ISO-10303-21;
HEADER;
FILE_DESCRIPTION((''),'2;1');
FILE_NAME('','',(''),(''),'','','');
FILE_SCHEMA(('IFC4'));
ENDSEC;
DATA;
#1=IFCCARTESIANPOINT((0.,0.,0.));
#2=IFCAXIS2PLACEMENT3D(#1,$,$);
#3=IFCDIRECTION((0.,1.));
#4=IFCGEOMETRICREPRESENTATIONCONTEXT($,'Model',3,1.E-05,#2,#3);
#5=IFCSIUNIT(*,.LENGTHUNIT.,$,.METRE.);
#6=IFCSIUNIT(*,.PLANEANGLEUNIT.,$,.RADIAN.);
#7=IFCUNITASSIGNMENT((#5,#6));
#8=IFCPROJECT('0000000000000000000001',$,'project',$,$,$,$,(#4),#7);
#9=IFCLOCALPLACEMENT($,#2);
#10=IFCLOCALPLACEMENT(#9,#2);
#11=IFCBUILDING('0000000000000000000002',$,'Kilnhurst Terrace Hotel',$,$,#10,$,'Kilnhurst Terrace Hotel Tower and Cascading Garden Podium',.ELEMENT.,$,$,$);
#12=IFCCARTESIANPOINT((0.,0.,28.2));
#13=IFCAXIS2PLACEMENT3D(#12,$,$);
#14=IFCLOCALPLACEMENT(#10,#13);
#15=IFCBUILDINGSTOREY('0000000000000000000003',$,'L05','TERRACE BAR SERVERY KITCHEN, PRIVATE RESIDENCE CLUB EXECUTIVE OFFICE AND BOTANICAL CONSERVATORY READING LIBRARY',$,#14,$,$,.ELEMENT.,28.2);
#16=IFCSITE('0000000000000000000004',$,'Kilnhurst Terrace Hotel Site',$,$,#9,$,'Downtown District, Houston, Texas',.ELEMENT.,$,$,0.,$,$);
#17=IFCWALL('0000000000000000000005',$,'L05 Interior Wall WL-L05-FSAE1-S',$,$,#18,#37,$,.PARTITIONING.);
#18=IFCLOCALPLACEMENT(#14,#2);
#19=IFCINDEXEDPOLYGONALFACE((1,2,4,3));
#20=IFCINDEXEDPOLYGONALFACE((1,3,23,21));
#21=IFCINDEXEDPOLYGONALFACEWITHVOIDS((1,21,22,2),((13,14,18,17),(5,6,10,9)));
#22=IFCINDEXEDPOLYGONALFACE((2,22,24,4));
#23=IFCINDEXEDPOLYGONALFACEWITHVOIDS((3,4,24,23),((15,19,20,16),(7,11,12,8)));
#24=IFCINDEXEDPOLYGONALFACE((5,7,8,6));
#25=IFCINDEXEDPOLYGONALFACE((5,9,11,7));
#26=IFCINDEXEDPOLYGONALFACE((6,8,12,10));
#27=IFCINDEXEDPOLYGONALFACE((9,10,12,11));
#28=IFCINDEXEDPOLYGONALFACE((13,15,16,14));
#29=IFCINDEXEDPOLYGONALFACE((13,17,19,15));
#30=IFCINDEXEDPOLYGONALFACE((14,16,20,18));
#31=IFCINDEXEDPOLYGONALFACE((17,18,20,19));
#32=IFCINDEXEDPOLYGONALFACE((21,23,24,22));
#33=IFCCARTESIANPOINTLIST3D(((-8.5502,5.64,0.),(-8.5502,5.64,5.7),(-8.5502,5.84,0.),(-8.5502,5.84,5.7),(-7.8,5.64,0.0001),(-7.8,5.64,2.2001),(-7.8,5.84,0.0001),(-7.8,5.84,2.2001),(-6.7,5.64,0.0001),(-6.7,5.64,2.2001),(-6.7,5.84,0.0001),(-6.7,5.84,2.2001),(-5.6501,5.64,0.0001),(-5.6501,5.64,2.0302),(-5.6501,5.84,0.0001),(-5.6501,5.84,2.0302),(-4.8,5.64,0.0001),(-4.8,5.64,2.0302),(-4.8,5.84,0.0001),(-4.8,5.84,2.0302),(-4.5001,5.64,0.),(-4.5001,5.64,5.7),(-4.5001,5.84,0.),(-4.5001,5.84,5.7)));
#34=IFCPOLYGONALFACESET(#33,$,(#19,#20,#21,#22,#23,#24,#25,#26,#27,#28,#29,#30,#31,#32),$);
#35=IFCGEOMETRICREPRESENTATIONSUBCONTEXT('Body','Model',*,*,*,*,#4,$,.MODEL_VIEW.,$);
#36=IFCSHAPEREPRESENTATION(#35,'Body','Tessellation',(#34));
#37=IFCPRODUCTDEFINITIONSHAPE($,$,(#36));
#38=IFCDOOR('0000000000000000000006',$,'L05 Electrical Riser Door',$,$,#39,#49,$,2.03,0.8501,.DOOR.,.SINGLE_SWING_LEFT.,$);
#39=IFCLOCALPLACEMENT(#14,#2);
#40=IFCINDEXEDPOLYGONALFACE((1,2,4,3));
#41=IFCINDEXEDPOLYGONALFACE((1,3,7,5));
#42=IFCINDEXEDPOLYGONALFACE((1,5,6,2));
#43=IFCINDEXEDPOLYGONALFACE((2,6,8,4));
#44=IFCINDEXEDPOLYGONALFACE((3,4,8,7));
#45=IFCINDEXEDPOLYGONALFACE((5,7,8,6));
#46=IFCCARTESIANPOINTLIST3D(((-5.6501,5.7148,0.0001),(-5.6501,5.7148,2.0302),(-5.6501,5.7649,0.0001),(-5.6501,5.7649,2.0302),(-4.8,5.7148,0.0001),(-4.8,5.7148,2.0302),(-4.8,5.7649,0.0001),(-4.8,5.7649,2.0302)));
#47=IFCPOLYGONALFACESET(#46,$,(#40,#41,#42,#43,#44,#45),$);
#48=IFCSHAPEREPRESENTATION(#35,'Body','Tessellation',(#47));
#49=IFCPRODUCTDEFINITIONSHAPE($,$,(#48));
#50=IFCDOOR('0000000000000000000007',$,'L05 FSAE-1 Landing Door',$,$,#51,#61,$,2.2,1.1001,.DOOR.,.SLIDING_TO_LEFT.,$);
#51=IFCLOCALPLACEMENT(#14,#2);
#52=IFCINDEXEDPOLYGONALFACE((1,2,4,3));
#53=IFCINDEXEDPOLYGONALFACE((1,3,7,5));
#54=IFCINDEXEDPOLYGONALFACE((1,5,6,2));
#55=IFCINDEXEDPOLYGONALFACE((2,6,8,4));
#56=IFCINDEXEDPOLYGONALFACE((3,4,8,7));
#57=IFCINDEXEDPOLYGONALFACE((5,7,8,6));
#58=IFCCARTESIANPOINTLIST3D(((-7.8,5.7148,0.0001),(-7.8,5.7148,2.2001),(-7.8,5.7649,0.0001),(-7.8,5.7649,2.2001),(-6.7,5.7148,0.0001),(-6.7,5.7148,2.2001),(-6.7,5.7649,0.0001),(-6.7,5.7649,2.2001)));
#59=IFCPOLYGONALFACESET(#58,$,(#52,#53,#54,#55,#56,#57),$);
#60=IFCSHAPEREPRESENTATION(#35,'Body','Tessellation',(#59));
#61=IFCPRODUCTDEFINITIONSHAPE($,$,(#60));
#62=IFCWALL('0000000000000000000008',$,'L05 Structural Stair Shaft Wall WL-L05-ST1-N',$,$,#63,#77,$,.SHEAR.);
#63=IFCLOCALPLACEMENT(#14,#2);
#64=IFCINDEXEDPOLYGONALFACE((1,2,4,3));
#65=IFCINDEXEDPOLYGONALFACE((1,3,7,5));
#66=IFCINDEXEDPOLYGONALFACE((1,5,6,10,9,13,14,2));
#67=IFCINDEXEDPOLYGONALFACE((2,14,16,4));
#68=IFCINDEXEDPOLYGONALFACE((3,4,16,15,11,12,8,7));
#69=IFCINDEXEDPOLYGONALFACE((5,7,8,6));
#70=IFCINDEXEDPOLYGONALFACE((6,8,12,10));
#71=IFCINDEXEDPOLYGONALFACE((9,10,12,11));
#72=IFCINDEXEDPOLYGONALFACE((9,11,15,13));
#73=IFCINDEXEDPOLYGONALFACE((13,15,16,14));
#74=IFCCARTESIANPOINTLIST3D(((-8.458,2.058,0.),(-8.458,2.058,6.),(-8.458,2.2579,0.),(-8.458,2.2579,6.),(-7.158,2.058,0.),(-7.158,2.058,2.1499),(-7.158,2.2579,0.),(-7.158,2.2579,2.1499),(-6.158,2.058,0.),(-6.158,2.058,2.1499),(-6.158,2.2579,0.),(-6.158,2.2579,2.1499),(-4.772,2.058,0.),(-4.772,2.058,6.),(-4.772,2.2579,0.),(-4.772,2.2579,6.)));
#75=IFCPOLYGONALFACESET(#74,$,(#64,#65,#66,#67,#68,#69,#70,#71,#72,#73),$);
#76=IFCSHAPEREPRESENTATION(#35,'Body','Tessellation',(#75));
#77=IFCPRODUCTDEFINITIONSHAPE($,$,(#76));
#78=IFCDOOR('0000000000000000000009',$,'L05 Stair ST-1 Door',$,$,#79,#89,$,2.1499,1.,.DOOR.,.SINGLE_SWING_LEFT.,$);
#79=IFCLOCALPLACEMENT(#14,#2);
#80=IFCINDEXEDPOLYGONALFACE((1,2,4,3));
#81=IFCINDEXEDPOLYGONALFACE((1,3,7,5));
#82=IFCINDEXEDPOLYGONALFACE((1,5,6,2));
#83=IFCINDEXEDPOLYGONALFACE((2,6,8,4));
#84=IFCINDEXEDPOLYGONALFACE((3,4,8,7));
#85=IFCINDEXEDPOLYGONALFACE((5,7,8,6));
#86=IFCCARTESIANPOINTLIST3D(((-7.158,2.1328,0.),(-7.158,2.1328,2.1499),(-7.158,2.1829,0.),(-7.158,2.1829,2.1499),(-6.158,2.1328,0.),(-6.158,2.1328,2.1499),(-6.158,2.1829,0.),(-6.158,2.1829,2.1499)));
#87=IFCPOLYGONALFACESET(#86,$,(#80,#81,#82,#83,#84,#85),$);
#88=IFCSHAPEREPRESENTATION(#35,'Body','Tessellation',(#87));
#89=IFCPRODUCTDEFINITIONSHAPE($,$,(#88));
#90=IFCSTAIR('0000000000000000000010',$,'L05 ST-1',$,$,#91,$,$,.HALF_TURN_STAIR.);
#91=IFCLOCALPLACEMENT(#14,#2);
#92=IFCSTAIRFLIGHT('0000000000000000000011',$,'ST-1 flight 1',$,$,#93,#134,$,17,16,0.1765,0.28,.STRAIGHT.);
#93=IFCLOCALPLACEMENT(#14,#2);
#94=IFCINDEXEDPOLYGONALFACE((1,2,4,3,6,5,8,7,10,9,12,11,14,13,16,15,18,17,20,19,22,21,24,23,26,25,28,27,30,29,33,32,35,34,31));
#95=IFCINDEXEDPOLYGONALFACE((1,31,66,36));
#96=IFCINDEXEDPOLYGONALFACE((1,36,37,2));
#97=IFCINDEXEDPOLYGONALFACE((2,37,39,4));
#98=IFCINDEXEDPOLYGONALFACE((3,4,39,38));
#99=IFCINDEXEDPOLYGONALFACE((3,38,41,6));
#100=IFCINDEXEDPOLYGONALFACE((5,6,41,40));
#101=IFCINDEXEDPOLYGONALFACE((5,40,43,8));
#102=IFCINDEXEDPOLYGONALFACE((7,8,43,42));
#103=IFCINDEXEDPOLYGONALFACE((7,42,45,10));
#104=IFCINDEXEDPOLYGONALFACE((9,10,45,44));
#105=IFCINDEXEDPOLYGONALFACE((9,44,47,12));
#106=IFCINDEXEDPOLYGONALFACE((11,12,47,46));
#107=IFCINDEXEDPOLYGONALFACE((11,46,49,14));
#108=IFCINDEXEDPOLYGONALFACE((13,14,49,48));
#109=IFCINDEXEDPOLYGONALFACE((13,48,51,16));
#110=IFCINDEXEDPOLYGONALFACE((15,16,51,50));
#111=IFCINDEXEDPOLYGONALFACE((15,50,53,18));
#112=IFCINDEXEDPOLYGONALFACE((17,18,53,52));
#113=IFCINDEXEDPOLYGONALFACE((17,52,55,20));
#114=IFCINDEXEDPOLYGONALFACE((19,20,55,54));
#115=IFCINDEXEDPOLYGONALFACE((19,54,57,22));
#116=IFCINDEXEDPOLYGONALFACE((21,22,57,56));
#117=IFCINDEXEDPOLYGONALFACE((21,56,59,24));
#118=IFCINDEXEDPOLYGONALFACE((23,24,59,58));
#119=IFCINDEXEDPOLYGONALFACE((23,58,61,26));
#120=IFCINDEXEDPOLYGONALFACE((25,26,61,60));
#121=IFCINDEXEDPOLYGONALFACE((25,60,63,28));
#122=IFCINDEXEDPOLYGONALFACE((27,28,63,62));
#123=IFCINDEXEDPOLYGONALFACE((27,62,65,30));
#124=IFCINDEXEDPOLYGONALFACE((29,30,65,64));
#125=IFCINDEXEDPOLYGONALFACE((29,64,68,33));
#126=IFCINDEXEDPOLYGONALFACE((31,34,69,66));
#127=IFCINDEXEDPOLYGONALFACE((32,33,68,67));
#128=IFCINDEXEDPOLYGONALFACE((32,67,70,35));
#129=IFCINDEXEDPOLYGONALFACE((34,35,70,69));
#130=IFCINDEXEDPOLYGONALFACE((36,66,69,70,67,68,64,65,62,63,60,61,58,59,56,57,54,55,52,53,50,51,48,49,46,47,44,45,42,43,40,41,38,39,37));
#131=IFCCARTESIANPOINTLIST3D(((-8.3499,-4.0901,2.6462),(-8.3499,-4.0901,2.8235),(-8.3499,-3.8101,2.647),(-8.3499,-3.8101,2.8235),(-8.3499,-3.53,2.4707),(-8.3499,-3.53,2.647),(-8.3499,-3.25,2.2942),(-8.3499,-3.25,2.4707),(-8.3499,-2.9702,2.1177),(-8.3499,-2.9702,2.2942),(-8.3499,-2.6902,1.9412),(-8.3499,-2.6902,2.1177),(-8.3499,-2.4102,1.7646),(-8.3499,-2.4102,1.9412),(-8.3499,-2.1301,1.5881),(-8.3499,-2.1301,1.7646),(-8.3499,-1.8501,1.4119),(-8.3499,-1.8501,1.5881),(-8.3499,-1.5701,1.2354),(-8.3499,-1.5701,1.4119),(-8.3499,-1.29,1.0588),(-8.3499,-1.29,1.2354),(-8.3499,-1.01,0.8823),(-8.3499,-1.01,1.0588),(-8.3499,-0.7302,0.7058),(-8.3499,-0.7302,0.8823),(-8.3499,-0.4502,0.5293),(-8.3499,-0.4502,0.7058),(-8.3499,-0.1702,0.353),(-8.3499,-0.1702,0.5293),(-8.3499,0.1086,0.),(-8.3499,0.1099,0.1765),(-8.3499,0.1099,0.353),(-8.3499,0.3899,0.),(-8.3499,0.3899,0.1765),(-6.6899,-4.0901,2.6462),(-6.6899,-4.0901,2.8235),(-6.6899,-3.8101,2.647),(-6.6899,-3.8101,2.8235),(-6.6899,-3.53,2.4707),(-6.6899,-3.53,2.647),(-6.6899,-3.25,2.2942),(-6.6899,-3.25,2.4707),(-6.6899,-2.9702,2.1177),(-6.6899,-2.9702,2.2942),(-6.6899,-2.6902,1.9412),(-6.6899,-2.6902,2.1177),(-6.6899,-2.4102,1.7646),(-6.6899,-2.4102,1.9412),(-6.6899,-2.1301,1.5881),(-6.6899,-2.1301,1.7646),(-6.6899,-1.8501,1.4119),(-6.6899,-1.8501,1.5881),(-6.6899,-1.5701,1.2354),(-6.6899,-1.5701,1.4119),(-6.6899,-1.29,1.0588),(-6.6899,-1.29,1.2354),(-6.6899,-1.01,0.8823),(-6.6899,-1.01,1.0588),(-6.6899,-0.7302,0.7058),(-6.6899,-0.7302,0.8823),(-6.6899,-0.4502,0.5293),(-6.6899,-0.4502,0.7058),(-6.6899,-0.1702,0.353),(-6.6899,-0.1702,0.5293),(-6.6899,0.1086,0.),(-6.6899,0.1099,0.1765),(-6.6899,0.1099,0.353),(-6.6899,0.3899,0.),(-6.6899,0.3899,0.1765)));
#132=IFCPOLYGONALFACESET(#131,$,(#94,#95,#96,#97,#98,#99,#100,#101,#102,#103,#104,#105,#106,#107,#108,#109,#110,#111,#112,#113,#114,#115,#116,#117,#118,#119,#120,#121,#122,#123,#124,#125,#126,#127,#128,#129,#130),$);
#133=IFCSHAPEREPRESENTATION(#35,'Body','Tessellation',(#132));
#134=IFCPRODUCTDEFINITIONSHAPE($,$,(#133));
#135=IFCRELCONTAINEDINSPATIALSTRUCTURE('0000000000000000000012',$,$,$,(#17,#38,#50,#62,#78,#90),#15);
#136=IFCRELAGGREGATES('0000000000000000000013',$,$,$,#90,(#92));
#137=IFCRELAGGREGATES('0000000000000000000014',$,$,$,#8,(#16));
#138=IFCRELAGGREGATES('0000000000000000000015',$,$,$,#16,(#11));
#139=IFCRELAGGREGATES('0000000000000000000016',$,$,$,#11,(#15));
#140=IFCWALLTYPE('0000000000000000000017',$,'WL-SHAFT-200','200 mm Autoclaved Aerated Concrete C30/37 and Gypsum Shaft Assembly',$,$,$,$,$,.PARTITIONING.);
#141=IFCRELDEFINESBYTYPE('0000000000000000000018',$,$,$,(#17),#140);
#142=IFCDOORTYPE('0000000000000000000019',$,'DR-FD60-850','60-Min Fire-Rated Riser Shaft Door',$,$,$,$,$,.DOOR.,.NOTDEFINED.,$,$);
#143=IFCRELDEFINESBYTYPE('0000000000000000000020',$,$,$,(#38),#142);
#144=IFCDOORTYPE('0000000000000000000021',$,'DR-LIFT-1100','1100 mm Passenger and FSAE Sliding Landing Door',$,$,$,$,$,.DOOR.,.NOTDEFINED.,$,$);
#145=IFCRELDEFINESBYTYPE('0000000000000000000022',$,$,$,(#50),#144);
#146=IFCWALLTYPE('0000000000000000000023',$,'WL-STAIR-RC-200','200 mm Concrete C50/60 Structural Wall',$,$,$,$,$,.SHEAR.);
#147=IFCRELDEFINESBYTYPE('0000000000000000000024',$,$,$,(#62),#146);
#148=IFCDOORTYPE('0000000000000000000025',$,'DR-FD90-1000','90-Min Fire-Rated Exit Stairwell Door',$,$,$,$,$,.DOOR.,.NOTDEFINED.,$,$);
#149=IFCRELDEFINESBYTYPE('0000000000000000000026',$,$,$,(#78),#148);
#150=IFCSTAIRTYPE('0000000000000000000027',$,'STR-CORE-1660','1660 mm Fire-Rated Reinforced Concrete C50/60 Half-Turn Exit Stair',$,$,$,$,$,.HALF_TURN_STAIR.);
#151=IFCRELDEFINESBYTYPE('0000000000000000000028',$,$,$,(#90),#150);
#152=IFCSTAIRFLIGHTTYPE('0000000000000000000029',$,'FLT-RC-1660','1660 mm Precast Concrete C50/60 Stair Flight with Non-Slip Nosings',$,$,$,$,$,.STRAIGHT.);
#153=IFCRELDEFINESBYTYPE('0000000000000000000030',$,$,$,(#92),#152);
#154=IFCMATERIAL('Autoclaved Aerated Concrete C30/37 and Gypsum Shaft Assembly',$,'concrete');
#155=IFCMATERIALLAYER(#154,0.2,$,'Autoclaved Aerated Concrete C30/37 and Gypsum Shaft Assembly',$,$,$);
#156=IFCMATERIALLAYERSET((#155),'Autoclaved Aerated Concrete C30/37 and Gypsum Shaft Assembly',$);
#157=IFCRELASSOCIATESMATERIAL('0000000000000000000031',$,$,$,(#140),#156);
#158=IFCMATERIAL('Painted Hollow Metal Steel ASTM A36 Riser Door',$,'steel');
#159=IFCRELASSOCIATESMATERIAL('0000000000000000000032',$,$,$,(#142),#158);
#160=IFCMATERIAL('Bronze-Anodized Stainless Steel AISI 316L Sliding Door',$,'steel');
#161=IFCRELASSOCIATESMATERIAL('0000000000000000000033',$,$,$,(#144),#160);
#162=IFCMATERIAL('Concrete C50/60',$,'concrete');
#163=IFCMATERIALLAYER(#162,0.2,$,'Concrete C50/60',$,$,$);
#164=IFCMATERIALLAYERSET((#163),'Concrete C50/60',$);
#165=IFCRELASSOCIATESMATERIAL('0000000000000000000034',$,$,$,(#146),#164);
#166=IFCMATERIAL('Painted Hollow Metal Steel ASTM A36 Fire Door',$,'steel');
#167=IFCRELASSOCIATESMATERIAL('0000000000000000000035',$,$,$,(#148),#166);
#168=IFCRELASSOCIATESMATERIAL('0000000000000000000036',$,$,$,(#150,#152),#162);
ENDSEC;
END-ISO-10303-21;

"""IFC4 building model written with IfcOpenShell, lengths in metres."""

from ifc_helpers import new_model, si_unit, direction, frame, frame_2d, origin, place, context, subcontext, project, spatial, polyline, rectangle, outline, extrude, material, layer, layer_set, type_object, element, fill, aggregate, save


model = new_model("IFC4")

# Units and contexts
model_context = context("Model", 3, precision=1e-05, world=origin(), true_north=direction((0.0, 1.0)))
body_context = subcontext(model_context, "Body", "Model", "MODEL_VIEW")
ifc_project = project(units=[si_unit("LENGTHUNIT", "METRE"), si_unit("PLANEANGLEUNIT", "RADIAN")], contexts=[model_context])

# Site, building, storey
site_placement = place(None, origin())
site = spatial("IfcSite", under=ifc_project, at=site_placement, Name="Kilnhurst Terrace Hotel Site", LongName="Downtown District, Houston, Texas", CompositionType="ELEMENT", RefElevation=0.0)
building_placement = place(site_placement, origin())
building = spatial("IfcBuilding", under=site, at=building_placement, Name="Kilnhurst Terrace Hotel", LongName="Kilnhurst Terrace Hotel Tower and Cascading Garden Podium", CompositionType="ELEMENT")
storey_placement = place(building_placement, frame((0.0, 0.0, 28.2)))
storey = spatial("IfcBuildingStorey", under=building, at=storey_placement, Name="L05", Description="TERRACE BAR SERVERY KITCHEN, PRIVATE RESIDENCE CLUB EXECUTIVE OFFICE AND BOTANICAL CONSERVATORY READING LIBRARY", CompositionType="ELEMENT", Elevation=28.2)

# Shared definitions
ifc_material_1 = material(Name="Concrete C50/60", Category="concrete")

# Wall, openings, doors
ifc_material_2 = material(Name="Autoclaved Aerated Concrete C30/37 and Gypsum Shaft Assembly", Category="concrete")
ifc_layer_1 = layer(ifc_material_2, 0.2, Name="Autoclaved Aerated Concrete C30/37 and Gypsum Shaft Assembly")
ifc_layer_set_1 = layer_set([ifc_layer_1], Name="Autoclaved Aerated Concrete C30/37 and Gypsum Shaft Assembly")
wall_type_1 = type_object("IfcWallType", Name="WL-SHAFT-200", Description="200 mm Autoclaved Aerated Concrete C30/37 and Gypsum Shaft Assembly", PredefinedType="PARTITIONING", material=ifc_layer_set_1)
wall_1_placement = place(storey_placement, frame((-8.55, 5.74, 0.0), z_axis=(0.0, 0.0, 1.0), x_axis=(1.0, 0.0, 0.0)))
wall_1 = element("IfcWall", 1, at=wall_1_placement, inside=storey, type_object=wall_type_1, Name="L05 Interior Wall WL-L05-FSAE1-S", PredefinedType="PARTITIONING", context=body_context, shape_type="SweptSolid", body=[
    extrude(rectangle(XDim=4.05, YDim=0.2, at=frame_2d((2.0249, 0.0))), origin(), (0.0, 0.0, 1.0), 5.7),
])
opening_1_placement = place(wall_1_placement, frame((0.75, 0.0, 0.0)))
opening_1 = element("IfcOpeningElement", 2, at=opening_1_placement, cuts=wall_1, PredefinedType="OPENING", context=body_context, shape_type="SweptSolid", body=[
    extrude(rectangle(XDim=1.1001, YDim=2.2, at=frame_2d((0.55, 1.1001))), frame((0.0, 0.1099, 0.0), z_axis=(0.0, -1.0, 0.0), x_axis=(1.0, 0.0, 0.0)), (0.0, 0.0, 1.0), 0.22),
])
opening_2_placement = place(wall_1_placement, frame((2.8999, 0.0, 0.0)))
opening_2 = element("IfcOpeningElement", 3, at=opening_2_placement, cuts=wall_1, PredefinedType="OPENING", context=body_context, shape_type="SweptSolid", body=[
    extrude(rectangle(XDim=0.8501, YDim=2.03, at=frame_2d((0.425, 1.0151))), frame((0.0, 0.1099, 0.0), z_axis=(0.0, -1.0, 0.0), x_axis=(1.0, 0.0, 0.0)), (0.0, 0.0, 1.0), 0.22),
])
ifc_material_3 = material(Name="Painted Hollow Metal Steel ASTM A36 Riser Door", Category="steel")
door_type_1 = type_object("IfcDoorType", Name="DR-FD60-850", Description="60-Min Fire-Rated Riser Shaft Door", OperationType="NOTDEFINED", PredefinedType="DOOR", material=ifc_material_3)
door_1_placement = place(opening_2_placement, origin())
door_1 = element("IfcDoor", 4, at=door_1_placement, inside=storey, type_object=door_type_1, Name="L05 Electrical Riser Door", OperationType="SINGLE_SWING_LEFT", OverallHeight=2.03, OverallWidth=0.8501, PredefinedType="DOOR", context=body_context, shape_type="SweptSolid", body=[
    extrude(rectangle(XDim=0.8501, YDim=2.03, at=frame_2d((0.425, 1.0151))), frame((0.0, 0.0249, 0.0), z_axis=(0.0, -1.0, 0.0), x_axis=(1.0, 0.0, 0.0)), (0.0, 0.0, 1.0), 0.05),
])
fill(opening_2, door_1)
ifc_material_4 = material(Name="Bronze-Anodized Stainless Steel AISI 316L Sliding Door", Category="steel")
door_type_2 = type_object("IfcDoorType", Name="DR-LIFT-1100", Description="1100 mm Passenger and FSAE Sliding Landing Door", OperationType="NOTDEFINED", PredefinedType="DOOR", material=ifc_material_4)
door_2_placement = place(opening_1_placement, origin())
door_2 = element("IfcDoor", 5, at=door_2_placement, inside=storey, type_object=door_type_2, Name="L05 FSAE-1 Landing Door", OperationType="SLIDING_TO_LEFT", OverallHeight=2.2, OverallWidth=1.1001, PredefinedType="DOOR", context=body_context, shape_type="SweptSolid", body=[
    extrude(rectangle(XDim=1.1001, YDim=2.2, at=frame_2d((0.55, 1.1001))), frame((0.0, 0.0249, 0.0), z_axis=(0.0, -1.0, 0.0), x_axis=(1.0, 0.0, 0.0)), (0.0, 0.0, 1.0), 0.05),
])
fill(opening_1, door_2)

# Wall, opening, door
ifc_layer_2 = layer(ifc_material_1, 0.2, Name="Concrete C50/60")
ifc_layer_set_2 = layer_set([ifc_layer_2], Name="Concrete C50/60")
wall_type_2 = type_object("IfcWallType", Name="WL-STAIR-RC-200", Description="200 mm Concrete C50/60 Structural Wall", PredefinedType="SHEAR", material=ifc_layer_set_2)
wall_2_placement = place(storey_placement, frame((-8.458, 2.158, 0.0), z_axis=(0.0, 0.0, 1.0), x_axis=(1.0, 0.0, 0.0)))
wall_2 = element("IfcWall", 6, at=wall_2_placement, inside=storey, type_object=wall_type_2, Name="L05 Structural Stair Shaft Wall WL-L05-ST1-N", PredefinedType="SHEAR", context=body_context, shape_type="SweptSolid", body=[
    extrude(rectangle(XDim=3.686, YDim=0.2, at=frame_2d((1.843, 0.0))), origin(), (0.0, 0.0, 1.0), 6.0),
])
opening_3_placement = place(wall_2_placement, frame((1.3, 0.0, 0.0)))
opening_3 = element("IfcOpeningElement", 7, at=opening_3_placement, cuts=wall_2, PredefinedType="OPENING", context=body_context, shape_type="SweptSolid", body=[
    extrude(rectangle(XDim=1.0, YDim=2.1499, at=frame_2d((0.5, 1.075))), frame((0.0, 0.1099, 0.0), z_axis=(0.0, -1.0, 0.0), x_axis=(1.0, 0.0, 0.0)), (0.0, 0.0, 1.0), 0.22),
])
ifc_material_5 = material(Name="Painted Hollow Metal Steel ASTM A36 Fire Door", Category="steel")
door_type_3 = type_object("IfcDoorType", Name="DR-FD90-1000", Description="90-Min Fire-Rated Exit Stairwell Door", OperationType="NOTDEFINED", PredefinedType="DOOR", material=ifc_material_5)
door_3_placement = place(opening_3_placement, origin())
door_3 = element("IfcDoor", 8, at=door_3_placement, inside=storey, type_object=door_type_3, Name="L05 Stair ST-1 Door", OperationType="SINGLE_SWING_LEFT", OverallHeight=2.1499, OverallWidth=1.0, PredefinedType="DOOR", context=body_context, shape_type="SweptSolid", body=[
    extrude(rectangle(XDim=1.0, YDim=2.1499, at=frame_2d((0.5, 1.075))), frame((0.0, 0.0249, 0.0), z_axis=(0.0, -1.0, 0.0), x_axis=(1.0, 0.0, 0.0)), (0.0, 0.0, 1.0), 0.05),
])
fill(opening_3, door_3)

# Stair, stair flight
stair_type = type_object("IfcStairType", Name="STR-CORE-1660", Description="1660 mm Fire-Rated Reinforced Concrete C50/60 Half-Turn Exit Stair", PredefinedType="HALF_TURN_STAIR", material=ifc_material_1)
stair_placement = place(storey_placement, origin())
stair = element("IfcStair", 9, at=stair_placement, inside=storey, type_object=stair_type, Name="L05 ST-1", PredefinedType="HALF_TURN_STAIR")
stair_flight_type = type_object("IfcStairFlightType", Name="FLT-RC-1660", Description="1660 mm Precast Concrete C50/60 Stair Flight with Non-Slip Nosings", PredefinedType="STRAIGHT", material=ifc_material_1)
stair_flight_placement = place(storey_placement, frame((-7.52, 0.3899, 0.0), z_axis=(0.0, 0.0, 1.0), x_axis=(0.0, -1.0, 0.0)))
stair_flight = element("IfcStairFlight", 10, at=stair_flight_placement, type_object=stair_flight_type, Name="ST-1 flight 1", NumberOfRisers=17, NumberOfTreads=16, PredefinedType="STRAIGHT", RiserHeight=0.1765, TreadLength=0.28, context=body_context, shape_type="SweptSolid", body=[
    extrude(outline(polyline([(0.0, 0.0), (0.0, 0.1765), (0.28, 0.1765), (0.28, 0.353), (0.5601, 0.353), (0.5601, 0.5293), (0.8401, 0.5293), (0.8401, 0.7058), (1.1201, 0.7058), (1.1201, 0.8823), (1.3999, 0.8823), (1.3999, 1.0588), (1.6799, 1.0588), (1.6799, 1.2354), (1.96, 1.2354), (1.96, 1.4119), (2.24, 1.4119), (2.24, 1.5881), (2.52, 1.5881), (2.52, 1.7646), (2.8, 1.7646), (2.8, 1.9412), (3.0801, 1.9412), (3.0801, 2.1177), (3.3601, 2.1177), (3.3601, 2.2942), (3.6399, 2.2942), (3.6399, 2.4707), (3.9199, 2.4707), (3.9199, 2.647), (4.2, 2.647), (4.2, 2.8235), (4.48, 2.8235), (4.48, 3.0), (4.48, 2.6462), (0.2812, 0.0), (0.0, 0.0)])), frame((0.0, 0.8301, 0.0), z_axis=(0.0, -1.0, 0.0), x_axis=(1.0, 0.0, 0.0)), (0.0, 0.0, 1.0), 1.6599),
])
aggregate(stair, [stair_flight])

save(model, "model.ifc")
